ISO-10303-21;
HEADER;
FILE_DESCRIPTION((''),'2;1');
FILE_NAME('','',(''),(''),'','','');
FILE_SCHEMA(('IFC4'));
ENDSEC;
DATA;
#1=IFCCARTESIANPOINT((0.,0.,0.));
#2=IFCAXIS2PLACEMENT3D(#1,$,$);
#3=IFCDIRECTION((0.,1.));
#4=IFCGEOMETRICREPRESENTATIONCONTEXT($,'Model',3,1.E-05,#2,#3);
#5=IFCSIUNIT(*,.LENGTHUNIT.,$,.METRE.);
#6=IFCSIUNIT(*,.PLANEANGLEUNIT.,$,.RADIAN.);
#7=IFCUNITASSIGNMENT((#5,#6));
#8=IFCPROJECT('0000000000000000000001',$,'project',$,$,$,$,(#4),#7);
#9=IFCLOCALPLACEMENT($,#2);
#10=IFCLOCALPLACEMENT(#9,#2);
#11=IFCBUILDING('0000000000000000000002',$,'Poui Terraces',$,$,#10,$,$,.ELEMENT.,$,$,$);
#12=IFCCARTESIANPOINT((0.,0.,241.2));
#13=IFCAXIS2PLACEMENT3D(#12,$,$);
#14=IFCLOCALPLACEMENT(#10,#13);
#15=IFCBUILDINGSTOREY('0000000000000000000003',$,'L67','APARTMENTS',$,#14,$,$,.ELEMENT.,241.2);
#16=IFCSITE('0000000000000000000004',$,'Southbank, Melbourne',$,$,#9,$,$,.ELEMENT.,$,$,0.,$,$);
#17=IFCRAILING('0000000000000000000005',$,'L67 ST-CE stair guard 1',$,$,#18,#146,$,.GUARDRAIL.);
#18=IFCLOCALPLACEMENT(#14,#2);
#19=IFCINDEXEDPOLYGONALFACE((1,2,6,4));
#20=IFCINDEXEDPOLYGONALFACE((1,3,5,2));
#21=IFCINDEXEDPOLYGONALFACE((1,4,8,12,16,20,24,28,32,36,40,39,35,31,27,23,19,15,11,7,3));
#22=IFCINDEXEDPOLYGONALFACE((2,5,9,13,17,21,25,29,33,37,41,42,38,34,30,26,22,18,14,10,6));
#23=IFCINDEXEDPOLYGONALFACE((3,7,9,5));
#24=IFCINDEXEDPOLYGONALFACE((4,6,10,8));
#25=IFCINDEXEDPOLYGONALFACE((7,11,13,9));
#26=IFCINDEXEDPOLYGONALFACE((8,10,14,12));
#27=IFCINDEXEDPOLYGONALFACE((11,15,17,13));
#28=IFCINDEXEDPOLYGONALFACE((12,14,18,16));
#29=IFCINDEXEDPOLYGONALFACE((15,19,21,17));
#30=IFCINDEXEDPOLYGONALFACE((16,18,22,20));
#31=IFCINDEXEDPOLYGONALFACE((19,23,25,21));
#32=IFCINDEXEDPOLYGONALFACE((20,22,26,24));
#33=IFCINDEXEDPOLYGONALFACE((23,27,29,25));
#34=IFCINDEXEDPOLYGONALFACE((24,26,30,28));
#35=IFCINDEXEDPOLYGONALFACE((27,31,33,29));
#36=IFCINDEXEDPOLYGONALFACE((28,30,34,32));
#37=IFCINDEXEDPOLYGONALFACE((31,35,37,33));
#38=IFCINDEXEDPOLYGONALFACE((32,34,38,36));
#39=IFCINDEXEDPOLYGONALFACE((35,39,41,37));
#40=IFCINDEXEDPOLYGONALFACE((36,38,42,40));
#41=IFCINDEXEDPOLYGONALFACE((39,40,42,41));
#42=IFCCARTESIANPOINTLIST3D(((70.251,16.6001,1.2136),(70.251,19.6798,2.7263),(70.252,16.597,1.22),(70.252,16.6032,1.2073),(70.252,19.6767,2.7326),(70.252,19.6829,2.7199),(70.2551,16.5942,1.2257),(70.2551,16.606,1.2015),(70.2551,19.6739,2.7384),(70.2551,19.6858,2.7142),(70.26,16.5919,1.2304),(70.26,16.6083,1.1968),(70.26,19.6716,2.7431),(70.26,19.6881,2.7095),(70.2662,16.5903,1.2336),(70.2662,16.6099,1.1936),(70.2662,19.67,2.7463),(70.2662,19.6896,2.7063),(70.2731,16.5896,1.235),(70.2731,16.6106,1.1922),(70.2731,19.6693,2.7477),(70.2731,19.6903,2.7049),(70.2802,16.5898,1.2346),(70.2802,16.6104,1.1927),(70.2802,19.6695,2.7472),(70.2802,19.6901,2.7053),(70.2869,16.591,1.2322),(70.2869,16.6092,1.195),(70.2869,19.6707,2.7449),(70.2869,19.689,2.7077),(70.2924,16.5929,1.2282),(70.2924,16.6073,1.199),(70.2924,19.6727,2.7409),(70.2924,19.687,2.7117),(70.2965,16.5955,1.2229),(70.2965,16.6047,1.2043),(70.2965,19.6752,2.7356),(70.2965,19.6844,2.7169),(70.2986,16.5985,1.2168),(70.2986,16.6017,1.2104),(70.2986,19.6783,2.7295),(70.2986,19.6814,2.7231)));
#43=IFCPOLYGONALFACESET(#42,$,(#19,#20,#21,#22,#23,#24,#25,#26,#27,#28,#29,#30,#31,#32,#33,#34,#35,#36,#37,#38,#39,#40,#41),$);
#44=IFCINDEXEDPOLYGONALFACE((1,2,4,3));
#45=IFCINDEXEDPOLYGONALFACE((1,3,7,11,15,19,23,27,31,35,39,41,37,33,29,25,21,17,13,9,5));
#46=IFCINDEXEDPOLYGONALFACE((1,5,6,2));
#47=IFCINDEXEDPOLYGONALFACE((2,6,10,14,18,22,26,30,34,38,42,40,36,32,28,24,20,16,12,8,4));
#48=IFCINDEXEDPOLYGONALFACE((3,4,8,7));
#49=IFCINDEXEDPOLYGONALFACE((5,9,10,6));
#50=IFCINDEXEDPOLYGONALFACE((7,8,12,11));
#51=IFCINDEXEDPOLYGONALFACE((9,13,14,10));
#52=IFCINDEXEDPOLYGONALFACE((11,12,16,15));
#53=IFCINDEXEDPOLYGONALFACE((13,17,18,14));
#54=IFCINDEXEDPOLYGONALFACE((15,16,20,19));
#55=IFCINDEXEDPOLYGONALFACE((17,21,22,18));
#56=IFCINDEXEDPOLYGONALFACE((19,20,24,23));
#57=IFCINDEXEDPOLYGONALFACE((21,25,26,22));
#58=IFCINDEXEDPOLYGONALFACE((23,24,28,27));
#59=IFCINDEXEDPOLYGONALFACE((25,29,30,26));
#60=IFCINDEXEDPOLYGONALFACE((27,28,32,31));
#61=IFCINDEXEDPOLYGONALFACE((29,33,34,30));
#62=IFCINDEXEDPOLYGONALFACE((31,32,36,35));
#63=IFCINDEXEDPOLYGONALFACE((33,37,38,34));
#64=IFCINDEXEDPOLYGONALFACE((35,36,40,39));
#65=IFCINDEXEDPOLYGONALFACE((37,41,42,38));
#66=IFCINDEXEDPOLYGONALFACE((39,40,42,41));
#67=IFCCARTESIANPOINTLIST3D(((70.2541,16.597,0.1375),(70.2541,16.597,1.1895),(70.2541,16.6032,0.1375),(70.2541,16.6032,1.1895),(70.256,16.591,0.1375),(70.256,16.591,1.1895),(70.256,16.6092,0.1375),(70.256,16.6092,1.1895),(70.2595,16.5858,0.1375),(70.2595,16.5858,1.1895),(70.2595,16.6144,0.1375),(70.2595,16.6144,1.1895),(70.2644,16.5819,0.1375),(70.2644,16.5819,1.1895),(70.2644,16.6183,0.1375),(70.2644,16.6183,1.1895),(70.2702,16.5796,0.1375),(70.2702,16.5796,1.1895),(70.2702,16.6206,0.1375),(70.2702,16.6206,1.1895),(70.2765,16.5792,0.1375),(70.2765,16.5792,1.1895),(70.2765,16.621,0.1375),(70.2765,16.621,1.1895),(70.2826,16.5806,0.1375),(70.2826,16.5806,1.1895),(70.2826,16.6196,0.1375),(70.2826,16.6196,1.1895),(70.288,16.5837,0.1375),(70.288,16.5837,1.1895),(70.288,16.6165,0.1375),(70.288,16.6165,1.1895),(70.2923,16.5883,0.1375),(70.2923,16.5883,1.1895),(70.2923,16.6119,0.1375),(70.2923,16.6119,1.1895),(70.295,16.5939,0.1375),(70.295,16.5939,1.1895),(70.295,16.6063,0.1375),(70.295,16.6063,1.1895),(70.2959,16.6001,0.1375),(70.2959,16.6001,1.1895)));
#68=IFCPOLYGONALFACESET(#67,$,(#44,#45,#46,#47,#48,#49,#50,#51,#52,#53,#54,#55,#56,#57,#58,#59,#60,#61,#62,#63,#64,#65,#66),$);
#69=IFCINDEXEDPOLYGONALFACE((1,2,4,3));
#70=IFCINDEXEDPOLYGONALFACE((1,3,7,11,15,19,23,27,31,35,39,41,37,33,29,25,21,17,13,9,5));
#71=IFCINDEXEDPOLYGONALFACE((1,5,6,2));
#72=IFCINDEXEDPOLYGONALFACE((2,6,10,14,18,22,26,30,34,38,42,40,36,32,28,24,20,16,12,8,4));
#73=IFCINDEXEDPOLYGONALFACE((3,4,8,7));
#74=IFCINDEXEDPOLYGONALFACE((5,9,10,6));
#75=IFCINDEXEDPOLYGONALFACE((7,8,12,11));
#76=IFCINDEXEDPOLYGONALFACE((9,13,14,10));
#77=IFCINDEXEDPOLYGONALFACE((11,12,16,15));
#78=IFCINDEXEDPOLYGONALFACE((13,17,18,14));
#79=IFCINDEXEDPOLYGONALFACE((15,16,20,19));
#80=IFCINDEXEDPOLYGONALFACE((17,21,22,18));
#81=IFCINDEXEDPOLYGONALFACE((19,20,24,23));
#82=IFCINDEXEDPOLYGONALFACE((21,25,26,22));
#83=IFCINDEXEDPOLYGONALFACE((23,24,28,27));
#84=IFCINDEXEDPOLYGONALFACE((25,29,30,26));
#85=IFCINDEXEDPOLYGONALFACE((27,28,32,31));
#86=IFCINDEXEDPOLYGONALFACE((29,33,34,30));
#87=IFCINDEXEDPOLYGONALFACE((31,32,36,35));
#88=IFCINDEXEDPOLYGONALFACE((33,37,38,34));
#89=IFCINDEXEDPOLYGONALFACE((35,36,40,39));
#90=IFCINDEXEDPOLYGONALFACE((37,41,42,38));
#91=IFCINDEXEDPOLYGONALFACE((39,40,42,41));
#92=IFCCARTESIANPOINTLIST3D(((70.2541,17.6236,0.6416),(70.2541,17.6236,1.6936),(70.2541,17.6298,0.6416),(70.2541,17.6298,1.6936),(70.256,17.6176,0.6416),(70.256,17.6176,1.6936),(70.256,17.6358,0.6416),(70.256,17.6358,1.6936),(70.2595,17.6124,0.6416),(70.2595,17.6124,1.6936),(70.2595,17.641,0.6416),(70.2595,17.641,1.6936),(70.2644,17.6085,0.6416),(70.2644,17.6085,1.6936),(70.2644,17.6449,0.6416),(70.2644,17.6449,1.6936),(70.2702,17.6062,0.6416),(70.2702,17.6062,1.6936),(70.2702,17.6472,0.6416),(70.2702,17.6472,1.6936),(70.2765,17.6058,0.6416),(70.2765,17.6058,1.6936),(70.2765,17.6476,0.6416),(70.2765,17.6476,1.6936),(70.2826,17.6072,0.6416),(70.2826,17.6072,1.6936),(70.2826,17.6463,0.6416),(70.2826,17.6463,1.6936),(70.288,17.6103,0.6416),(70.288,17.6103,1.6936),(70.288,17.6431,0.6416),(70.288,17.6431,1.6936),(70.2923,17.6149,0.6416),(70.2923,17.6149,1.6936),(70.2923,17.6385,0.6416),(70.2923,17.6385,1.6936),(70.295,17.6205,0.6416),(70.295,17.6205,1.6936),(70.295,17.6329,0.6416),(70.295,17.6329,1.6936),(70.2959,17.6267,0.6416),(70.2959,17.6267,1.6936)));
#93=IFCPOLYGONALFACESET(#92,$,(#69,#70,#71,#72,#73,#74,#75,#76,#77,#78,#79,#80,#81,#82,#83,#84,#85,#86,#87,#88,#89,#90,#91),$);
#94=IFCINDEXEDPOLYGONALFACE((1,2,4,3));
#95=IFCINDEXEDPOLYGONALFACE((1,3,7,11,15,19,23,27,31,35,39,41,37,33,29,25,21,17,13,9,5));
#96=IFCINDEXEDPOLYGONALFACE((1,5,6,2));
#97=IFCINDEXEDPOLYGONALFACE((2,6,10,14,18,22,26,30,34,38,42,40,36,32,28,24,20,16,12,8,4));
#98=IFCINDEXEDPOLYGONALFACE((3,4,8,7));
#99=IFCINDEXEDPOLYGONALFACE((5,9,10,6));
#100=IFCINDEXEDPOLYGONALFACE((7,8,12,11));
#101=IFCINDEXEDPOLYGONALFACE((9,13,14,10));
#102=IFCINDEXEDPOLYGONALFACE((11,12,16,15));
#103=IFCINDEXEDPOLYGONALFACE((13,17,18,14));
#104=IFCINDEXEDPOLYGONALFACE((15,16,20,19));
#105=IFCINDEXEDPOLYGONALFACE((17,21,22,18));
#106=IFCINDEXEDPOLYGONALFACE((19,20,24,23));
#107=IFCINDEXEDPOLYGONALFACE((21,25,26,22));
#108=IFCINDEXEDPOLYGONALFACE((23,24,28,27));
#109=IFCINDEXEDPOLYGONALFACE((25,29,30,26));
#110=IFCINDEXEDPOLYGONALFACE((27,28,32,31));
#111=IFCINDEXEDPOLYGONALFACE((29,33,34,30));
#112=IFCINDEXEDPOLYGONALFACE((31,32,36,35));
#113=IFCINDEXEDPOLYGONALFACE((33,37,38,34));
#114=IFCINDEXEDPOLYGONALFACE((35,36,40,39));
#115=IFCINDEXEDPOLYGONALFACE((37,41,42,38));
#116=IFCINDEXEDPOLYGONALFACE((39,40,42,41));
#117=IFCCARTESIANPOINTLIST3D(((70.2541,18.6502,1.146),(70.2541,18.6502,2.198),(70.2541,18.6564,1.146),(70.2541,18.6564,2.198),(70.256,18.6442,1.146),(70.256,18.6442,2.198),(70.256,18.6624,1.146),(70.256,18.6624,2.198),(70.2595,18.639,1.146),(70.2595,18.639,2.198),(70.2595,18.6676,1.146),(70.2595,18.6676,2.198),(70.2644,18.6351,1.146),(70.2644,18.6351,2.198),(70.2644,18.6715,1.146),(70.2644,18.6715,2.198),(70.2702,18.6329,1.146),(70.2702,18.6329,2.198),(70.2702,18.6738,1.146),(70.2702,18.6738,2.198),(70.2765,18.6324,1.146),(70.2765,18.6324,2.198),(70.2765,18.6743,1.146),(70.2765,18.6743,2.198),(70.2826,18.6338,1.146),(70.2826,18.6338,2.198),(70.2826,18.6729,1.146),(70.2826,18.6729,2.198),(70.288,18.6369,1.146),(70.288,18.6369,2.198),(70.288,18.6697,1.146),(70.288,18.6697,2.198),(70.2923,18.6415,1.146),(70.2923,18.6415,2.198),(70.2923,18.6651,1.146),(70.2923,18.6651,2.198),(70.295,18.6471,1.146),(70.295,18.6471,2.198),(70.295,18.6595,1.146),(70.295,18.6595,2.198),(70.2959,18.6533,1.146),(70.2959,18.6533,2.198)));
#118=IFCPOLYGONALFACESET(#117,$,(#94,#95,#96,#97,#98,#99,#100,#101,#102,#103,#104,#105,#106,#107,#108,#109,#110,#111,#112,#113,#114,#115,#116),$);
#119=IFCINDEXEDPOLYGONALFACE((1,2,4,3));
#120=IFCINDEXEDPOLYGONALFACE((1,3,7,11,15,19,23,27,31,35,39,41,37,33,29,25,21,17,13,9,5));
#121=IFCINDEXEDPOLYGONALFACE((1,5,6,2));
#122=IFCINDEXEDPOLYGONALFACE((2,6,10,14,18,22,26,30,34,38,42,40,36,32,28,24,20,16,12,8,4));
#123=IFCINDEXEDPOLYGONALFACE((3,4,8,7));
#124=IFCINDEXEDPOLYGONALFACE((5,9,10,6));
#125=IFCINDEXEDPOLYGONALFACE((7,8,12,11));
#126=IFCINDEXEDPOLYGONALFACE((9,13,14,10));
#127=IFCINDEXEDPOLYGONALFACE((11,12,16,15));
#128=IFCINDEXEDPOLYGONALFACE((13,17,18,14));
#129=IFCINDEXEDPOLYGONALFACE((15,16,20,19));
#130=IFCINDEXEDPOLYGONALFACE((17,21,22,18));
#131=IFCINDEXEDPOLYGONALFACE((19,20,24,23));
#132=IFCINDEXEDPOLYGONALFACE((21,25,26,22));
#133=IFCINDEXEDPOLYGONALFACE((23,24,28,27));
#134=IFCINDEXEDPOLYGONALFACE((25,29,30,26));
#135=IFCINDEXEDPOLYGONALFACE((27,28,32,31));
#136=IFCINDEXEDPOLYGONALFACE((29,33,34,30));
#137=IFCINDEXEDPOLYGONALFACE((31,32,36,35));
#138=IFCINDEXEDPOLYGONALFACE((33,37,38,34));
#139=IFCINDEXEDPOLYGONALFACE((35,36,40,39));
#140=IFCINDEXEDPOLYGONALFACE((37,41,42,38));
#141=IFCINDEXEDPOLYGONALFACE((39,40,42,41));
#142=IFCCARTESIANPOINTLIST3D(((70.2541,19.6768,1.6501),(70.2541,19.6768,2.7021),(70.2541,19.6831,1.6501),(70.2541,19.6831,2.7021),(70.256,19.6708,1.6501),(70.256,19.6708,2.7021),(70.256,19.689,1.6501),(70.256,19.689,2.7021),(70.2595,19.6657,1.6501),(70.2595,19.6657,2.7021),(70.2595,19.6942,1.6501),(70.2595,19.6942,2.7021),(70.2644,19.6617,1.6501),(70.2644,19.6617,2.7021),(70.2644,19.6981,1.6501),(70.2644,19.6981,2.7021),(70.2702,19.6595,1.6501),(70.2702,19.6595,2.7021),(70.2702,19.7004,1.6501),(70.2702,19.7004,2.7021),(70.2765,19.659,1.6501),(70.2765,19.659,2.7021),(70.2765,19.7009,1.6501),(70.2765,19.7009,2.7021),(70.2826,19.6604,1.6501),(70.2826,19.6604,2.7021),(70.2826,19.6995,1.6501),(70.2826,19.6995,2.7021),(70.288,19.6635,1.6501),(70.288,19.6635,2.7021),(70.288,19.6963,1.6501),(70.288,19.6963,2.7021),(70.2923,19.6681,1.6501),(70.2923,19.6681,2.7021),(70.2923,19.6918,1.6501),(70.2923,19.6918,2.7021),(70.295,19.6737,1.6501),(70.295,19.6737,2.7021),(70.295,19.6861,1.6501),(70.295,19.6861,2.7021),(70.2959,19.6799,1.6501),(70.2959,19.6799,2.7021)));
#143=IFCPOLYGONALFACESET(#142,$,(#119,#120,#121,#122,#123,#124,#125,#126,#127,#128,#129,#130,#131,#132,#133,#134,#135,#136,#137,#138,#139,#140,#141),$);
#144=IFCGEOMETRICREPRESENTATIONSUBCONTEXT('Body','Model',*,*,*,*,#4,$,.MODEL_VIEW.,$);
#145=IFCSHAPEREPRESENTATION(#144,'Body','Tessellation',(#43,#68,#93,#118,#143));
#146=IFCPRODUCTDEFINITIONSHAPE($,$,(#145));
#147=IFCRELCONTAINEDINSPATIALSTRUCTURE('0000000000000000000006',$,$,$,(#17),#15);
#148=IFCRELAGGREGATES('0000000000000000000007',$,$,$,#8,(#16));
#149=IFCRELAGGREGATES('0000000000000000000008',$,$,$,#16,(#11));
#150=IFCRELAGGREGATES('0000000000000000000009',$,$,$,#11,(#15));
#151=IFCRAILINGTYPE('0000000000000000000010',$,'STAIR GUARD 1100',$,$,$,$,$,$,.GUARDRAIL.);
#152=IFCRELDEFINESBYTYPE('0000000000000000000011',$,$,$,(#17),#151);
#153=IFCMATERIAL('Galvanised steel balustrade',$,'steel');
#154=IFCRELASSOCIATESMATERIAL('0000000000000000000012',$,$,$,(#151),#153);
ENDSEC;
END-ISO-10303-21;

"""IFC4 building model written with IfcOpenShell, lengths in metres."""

from ifc_helpers import new_model, si_unit, direction, frame, origin, origin_2d, place, context, subcontext, project, spatial, circle, extrude, material, type_object, element, save


model = new_model("IFC4")

# Units and contexts
model_context = context("Model", 3, precision=1e-05, world=origin(), true_north=direction((0.0, 1.0)))
body_context = subcontext(model_context, "Body", "Model", "MODEL_VIEW")
ifc_project = project(units=[si_unit("LENGTHUNIT", "METRE"), si_unit("PLANEANGLEUNIT", "RADIAN")], contexts=[model_context])

# Site, building, storey
site_placement = place(None, origin())
site = spatial("IfcSite", under=ifc_project, at=site_placement, Name="Southbank, Melbourne", CompositionType="ELEMENT", RefElevation=0.0)
building_placement = place(site_placement, origin())
building = spatial("IfcBuilding", under=site, at=building_placement, Name="Poui Terraces", CompositionType="ELEMENT")
storey_placement = place(building_placement, frame((0.0, 0.0, 241.2)))
storey = spatial("IfcBuildingStorey", under=building, at=storey_placement, Name="L67", Description="APARTMENTS", CompositionType="ELEMENT", Elevation=241.2)

# Railing
ifc_material_1 = material(Name="Galvanised steel balustrade", Category="steel")
railing_type_1 = type_object("IfcRailingType", Name="STAIR GUARD 1100", PredefinedType="GUARDRAIL", material=ifc_material_1)
railing_1_placement = place(storey_placement, frame((70.2749, 16.6001, 0.1375)))
element("IfcRailing", 1, at=railing_1_placement, inside=storey, type_object=railing_type_1, Name="L67 ST-CE stair guard 1", PredefinedType="GUARDRAIL", context=body_context, shape_type="SweptSolid", body=[
    extrude(circle(Radius=0.0239, at=origin_2d()), frame((0.0, 0.0, 1.0762), z_axis=(0.0, 0.897578, 0.440856), x_axis=(-1.0, 0.0, 0.0)), (0.0, 0.0, 1.0), 3.4312),
    extrude(circle(Radius=0.021, at=origin_2d()), origin(), (0.0, 0.0, 1.0), 1.052),
    extrude(circle(Radius=0.021, at=origin_2d()), frame((0.0, 1.0266, 0.5042)), (0.0, 0.0, 1.0), 1.052),
    extrude(circle(Radius=0.021, at=origin_2d()), frame((0.0, 2.0532, 1.0085)), (0.0, 0.0, 1.0), 1.052),
    extrude(circle(Radius=0.021, at=origin_2d()), frame((0.0, 3.0798, 1.5127)), (0.0, 0.0, 1.0), 1.052),
])

save(model, "model.ifc")
